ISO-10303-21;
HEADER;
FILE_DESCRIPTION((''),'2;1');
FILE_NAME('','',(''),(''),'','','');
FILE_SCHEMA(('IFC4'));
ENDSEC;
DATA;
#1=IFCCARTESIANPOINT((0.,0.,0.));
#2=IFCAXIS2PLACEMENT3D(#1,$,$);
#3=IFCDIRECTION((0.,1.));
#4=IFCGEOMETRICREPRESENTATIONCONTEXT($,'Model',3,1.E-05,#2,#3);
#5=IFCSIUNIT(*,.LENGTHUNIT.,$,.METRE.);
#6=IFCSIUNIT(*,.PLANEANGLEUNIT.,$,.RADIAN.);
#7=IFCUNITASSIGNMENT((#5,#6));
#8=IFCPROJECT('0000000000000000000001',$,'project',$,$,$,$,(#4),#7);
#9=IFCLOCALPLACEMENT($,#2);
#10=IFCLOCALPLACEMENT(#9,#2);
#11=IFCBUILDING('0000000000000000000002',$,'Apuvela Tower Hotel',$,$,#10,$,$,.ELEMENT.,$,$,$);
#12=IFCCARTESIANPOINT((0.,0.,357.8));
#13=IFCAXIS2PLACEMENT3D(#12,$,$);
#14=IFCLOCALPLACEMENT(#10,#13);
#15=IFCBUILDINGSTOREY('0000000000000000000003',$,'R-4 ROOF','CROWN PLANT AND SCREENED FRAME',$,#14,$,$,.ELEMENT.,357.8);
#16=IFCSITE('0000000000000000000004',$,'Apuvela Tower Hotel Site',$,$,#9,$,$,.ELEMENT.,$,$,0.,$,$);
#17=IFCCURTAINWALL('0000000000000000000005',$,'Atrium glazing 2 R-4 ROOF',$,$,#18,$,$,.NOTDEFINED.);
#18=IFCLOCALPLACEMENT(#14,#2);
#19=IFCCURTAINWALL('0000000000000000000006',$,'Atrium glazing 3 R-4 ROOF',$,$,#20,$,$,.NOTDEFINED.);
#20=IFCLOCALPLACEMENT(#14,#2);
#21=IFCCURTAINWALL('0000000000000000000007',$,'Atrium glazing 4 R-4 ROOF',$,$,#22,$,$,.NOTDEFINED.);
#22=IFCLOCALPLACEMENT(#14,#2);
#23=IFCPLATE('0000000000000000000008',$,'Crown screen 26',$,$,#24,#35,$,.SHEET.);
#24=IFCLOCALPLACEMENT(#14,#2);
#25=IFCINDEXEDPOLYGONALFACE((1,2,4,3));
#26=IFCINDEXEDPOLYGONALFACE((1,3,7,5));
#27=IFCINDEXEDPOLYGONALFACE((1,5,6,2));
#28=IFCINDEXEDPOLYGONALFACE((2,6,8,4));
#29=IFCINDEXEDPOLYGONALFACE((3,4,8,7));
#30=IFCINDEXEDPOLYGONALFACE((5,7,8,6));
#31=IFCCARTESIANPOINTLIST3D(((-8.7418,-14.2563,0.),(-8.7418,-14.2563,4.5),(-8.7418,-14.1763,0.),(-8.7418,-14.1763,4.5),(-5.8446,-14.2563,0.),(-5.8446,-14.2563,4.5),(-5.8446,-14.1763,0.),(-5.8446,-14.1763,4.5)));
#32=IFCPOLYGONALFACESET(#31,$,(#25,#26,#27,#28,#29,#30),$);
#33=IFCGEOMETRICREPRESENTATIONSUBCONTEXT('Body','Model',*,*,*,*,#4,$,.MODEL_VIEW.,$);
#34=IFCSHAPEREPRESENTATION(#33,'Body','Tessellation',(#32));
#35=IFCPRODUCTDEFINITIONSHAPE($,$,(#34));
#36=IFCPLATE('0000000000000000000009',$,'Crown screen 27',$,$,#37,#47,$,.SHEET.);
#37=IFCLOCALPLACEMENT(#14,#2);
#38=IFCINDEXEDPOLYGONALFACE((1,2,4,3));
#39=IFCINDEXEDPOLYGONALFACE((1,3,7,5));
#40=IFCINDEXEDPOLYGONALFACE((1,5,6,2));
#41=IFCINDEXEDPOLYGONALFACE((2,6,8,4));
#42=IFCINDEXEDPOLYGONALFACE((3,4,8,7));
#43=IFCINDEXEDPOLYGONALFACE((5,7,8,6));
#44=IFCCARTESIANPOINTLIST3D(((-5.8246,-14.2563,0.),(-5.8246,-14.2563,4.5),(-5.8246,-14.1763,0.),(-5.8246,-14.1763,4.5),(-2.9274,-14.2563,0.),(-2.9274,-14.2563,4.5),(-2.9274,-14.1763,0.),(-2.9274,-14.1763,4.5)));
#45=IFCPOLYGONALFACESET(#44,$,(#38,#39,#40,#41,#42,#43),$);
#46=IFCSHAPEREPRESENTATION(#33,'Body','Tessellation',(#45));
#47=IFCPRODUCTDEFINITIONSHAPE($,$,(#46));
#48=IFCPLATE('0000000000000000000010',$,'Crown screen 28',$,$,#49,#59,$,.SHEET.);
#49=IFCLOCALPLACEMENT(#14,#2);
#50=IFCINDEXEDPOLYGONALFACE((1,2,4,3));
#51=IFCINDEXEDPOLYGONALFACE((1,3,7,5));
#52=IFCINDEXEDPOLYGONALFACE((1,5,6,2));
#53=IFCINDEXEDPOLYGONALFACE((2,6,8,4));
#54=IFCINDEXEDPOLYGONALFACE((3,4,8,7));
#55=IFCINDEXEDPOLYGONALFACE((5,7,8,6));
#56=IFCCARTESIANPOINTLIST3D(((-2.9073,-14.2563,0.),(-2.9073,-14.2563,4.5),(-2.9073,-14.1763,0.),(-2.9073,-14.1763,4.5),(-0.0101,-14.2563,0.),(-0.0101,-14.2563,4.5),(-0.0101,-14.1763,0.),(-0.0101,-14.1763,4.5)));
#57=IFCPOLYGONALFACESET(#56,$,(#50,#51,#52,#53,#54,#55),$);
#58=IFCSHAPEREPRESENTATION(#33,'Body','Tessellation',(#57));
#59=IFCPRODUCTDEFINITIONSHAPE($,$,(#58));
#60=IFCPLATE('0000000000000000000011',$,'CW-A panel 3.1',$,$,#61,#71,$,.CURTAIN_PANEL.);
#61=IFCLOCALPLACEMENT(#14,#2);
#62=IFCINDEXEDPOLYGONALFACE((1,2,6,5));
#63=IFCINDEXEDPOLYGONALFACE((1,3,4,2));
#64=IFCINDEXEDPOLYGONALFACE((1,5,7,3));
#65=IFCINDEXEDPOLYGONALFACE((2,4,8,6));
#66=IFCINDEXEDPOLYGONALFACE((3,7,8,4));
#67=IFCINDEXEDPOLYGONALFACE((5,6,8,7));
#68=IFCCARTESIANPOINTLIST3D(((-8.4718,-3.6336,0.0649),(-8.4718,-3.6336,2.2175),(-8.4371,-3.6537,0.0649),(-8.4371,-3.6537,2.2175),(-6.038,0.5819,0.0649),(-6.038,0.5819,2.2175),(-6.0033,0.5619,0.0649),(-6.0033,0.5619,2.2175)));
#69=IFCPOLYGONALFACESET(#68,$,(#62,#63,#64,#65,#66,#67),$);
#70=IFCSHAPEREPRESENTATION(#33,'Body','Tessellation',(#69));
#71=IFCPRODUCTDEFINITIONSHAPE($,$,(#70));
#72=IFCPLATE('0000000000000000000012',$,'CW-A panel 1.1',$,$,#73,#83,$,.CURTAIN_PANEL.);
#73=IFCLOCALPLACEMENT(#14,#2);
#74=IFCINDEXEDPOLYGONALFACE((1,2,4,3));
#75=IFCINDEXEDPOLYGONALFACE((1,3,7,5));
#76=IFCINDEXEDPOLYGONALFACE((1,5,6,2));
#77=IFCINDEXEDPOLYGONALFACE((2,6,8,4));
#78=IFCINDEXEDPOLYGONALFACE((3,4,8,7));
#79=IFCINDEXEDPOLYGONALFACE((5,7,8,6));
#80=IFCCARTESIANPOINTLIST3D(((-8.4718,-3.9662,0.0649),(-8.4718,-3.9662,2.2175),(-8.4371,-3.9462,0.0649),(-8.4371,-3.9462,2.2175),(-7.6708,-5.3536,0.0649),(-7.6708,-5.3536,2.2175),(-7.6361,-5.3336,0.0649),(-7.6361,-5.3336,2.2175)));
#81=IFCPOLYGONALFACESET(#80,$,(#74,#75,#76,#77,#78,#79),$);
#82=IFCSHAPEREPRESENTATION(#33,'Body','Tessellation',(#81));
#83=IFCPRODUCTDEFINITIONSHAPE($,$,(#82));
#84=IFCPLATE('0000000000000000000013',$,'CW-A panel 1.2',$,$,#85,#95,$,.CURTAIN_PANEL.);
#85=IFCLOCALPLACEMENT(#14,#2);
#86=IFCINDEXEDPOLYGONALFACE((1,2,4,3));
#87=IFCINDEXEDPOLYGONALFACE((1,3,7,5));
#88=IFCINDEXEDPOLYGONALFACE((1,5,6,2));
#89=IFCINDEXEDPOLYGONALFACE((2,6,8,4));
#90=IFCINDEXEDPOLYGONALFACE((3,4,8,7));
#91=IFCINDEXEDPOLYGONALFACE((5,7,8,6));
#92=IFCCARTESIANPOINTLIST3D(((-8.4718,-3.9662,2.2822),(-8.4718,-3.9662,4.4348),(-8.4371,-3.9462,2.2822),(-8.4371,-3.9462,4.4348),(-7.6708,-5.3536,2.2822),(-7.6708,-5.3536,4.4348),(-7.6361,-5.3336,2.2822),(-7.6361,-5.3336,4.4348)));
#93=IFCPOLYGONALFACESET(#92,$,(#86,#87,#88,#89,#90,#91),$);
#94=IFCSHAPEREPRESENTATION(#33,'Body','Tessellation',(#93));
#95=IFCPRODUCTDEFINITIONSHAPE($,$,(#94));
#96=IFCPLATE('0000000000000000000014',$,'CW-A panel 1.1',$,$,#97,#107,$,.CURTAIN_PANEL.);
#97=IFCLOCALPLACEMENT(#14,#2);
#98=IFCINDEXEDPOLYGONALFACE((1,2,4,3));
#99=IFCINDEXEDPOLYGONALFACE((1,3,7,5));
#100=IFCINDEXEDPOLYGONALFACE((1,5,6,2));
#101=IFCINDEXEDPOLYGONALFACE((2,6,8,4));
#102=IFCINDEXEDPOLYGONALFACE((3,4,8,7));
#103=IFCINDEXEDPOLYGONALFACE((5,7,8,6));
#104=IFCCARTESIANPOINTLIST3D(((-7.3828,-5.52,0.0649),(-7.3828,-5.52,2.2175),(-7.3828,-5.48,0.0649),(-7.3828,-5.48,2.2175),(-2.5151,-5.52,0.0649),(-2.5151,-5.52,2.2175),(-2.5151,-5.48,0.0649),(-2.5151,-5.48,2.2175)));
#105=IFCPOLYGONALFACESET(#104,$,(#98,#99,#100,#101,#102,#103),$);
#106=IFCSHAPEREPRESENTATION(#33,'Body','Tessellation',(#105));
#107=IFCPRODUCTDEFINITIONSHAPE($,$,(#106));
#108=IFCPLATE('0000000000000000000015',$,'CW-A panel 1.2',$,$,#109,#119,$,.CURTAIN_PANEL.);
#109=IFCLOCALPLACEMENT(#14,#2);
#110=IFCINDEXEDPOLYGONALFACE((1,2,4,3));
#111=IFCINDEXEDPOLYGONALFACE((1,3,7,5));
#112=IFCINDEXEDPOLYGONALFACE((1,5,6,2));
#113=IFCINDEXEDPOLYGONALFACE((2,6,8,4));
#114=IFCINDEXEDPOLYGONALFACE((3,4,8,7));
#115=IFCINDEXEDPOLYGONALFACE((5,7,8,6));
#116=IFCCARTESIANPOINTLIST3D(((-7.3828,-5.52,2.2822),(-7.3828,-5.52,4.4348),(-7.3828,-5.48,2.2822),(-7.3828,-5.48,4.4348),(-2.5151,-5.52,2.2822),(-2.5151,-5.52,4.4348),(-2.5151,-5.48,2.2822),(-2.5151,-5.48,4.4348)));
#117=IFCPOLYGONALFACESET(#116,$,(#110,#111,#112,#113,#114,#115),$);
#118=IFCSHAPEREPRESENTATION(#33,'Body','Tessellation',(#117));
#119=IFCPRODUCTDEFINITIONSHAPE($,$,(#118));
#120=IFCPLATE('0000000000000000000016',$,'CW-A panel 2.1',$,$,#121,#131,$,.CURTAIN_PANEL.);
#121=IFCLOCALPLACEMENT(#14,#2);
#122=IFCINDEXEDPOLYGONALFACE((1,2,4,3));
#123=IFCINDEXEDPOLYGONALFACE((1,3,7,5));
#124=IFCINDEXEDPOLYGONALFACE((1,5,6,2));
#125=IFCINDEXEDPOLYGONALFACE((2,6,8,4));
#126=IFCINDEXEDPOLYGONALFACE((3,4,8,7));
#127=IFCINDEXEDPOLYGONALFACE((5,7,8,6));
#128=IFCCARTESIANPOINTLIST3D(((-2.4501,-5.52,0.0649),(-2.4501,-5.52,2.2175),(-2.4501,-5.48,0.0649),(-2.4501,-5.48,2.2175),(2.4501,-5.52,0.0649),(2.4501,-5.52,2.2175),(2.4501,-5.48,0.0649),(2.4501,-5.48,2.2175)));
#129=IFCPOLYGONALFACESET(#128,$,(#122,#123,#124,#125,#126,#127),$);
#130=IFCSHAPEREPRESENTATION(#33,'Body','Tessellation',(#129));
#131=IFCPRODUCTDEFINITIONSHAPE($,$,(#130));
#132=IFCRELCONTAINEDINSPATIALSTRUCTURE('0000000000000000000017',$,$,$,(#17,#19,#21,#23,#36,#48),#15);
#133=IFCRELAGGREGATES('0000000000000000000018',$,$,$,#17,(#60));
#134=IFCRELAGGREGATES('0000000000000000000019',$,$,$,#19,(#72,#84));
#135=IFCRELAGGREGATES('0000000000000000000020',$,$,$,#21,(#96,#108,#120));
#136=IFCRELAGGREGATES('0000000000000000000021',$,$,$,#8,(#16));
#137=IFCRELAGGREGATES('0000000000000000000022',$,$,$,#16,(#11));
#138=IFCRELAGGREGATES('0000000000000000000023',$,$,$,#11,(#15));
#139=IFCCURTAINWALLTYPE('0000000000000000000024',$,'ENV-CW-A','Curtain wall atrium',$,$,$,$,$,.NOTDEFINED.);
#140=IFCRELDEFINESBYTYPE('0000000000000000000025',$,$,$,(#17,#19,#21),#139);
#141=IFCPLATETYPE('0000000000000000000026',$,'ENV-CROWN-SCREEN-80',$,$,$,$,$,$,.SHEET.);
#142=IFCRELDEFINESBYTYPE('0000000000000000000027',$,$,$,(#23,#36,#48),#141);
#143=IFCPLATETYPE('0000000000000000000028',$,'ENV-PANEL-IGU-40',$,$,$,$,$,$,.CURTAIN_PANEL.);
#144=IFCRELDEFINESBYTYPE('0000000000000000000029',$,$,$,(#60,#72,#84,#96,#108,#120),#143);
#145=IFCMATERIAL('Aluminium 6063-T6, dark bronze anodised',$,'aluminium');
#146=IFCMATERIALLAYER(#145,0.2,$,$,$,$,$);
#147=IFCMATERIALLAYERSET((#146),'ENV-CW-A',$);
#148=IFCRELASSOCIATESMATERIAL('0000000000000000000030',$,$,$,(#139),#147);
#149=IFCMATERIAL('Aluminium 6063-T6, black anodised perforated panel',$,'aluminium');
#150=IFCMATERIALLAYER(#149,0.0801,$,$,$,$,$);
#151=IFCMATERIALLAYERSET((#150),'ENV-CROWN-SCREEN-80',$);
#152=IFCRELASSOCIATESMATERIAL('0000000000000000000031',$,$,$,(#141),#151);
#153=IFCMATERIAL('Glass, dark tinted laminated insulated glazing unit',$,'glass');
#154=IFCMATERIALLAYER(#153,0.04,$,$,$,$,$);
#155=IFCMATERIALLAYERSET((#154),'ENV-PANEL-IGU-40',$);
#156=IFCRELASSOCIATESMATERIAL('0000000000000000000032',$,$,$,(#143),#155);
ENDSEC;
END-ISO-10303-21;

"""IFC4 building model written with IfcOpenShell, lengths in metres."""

from ifc_helpers import new_model, si_unit, direction, frame, origin, origin_2d, place, context, subcontext, project, spatial, rectangle, extrude, material, layer, layer_set, type_object, element, aggregate, save


model = new_model("IFC4")

# Units and contexts
model_context = context("Model", 3, precision=1e-05, world=origin(), true_north=direction((0.0, 1.0)))
body_context = subcontext(model_context, "Body", "Model", "MODEL_VIEW")
ifc_project = project(units=[si_unit("LENGTHUNIT", "METRE"), si_unit("PLANEANGLEUNIT", "RADIAN")], contexts=[model_context])

# Site, building, storey
site_placement = place(None, origin())
site = spatial("IfcSite", under=ifc_project, at=site_placement, Name="Apuvela Tower Hotel Site", CompositionType="ELEMENT", RefElevation=0.0)
building_placement = place(site_placement, origin())
building = spatial("IfcBuilding", under=site, at=building_placement, Name="Apuvela Tower Hotel", CompositionType="ELEMENT")
storey_placement = place(building_placement, frame((0.0, 0.0, 357.8)))
storey = spatial("IfcBuildingStorey", under=building, at=storey_placement, Name="R-4 ROOF", Description="CROWN PLANT AND SCREENED FRAME", CompositionType="ELEMENT", Elevation=357.8)

# Curtain wall
ifc_material_1 = material(Name="Aluminium 6063-T6, dark bronze anodised", Category="aluminium")
ifc_layer_1 = layer(ifc_material_1, 0.2)
ifc_layer_set_1 = layer_set([ifc_layer_1], Name="ENV-CW-A")
curtain_wall_type = type_object("IfcCurtainWallType", Name="ENV-CW-A", Description="Curtain wall atrium", PredefinedType="NOTDEFINED", material=ifc_layer_set_1)
curtain_wall_1_placement = place(storey_placement, origin())
curtain_wall_1 = element("IfcCurtainWall", 1, at=curtain_wall_1_placement, inside=storey, type_object=curtain_wall_type, Name="Atrium glazing 2 R-4 ROOF", PredefinedType="NOTDEFINED")

# Curtain walls
curtain_wall_2_placement = place(storey_placement, origin())
curtain_wall_2 = element("IfcCurtainWall", 2, at=curtain_wall_2_placement, inside=storey, type_object=curtain_wall_type, Name="Atrium glazing 3 R-4 ROOF", PredefinedType="NOTDEFINED")
curtain_wall_3_placement = place(storey_placement, origin())
curtain_wall_3 = element("IfcCurtainWall", 3, at=curtain_wall_3_placement, inside=storey, type_object=curtain_wall_type, Name="Atrium glazing 4 R-4 ROOF", PredefinedType="NOTDEFINED")

# Plates
ifc_material_2 = material(Name="Aluminium 6063-T6, black anodised perforated panel", Category="aluminium")
ifc_layer_2 = layer(ifc_material_2, 0.0801)
ifc_layer_set_2 = layer_set([ifc_layer_2], Name="ENV-CROWN-SCREEN-80")
plate_type_1 = type_object("IfcPlateType", Name="ENV-CROWN-SCREEN-80", PredefinedType="SHEET", material=ifc_layer_set_2)
for number, where, z_axis, x_axis, name in (
    (4, (-7.2932, -14.2163, 0.0), (0.0, 0.0, 1.0), (1.0, 0.0, 0.0), "Crown screen 26"),
    (5, (-4.376, -14.2163, 0.0), (0.0, 0.0, 1.0), (1.0, 0.0, 0.0), "Crown screen 27"),
    (6, (-1.4587, -14.2163, 0.0), (0.0, 0.0, 1.0), (1.0, 0.0, 0.0), "Crown screen 28"),
):
    element("IfcPlate", number, at=place(storey_placement, frame(where, z_axis=z_axis, x_axis=x_axis)), inside=storey, type_object=plate_type_1, Name=name, PredefinedType="SHEET", context=body_context, shape_type="SweptSolid", body=[
        extrude(rectangle(XDim=2.8972, YDim=0.0801, at=origin_2d()), origin(), (0.0, 0.0, 1.0), 4.5),
    ])

# Plates
ifc_material_3 = material(Name="Glass, dark tinted laminated insulated glazing unit", Category="glass")
ifc_layer_3 = layer(ifc_material_3, 0.04)
ifc_layer_set_3 = layer_set([ifc_layer_3], Name="ENV-PANEL-IGU-40")
plate_type_2 = type_object("IfcPlateType", Name="ENV-PANEL-IGU-40", PredefinedType="CURTAIN_PANEL", material=ifc_layer_set_3)
plate_1_placement = place(storey_placement, frame((-7.2375, -1.5359, 0.0649), z_axis=(0.0, 0.0, 1.0), x_axis=(-0.499999, -0.866026, 0.0)))
plate_1 = element("IfcPlate", 7, at=plate_1_placement, type_object=plate_type_2, Name="CW-A panel 3.1", PredefinedType="CURTAIN_PANEL", context=body_context, shape_type="SweptSolid", body=[
    extrude(rectangle(XDim=4.8677, YDim=0.04, at=origin_2d()), origin(), (0.0, 0.0, 1.0), 2.1526),
])
aggregate(curtain_wall_1, [plate_1])
plate_2_placement = place(storey_placement, frame((-8.054, -4.6499, 0.0649), z_axis=(0.0, 0.0, 1.0), x_axis=(0.499989, -0.866032, 0.0)))
plate_2 = element("IfcPlate", 8, at=plate_2_placement, type_object=plate_type_2, Name="CW-A panel 1.1", PredefinedType="CURTAIN_PANEL", context=body_context, shape_type="SweptSolid", body=[
    extrude(rectangle(XDim=1.6021, YDim=0.04, at=origin_2d()), origin(), (0.0, 0.0, 1.0), 2.1526),
])
plate_3_placement = place(storey_placement, frame((-8.054, -4.6499, 2.2822), z_axis=(0.0, 0.0, 1.0), x_axis=(0.499989, -0.866032, 0.0)))
plate_3 = element("IfcPlate", 9, at=plate_3_placement, type_object=plate_type_2, Name="CW-A panel 1.2", PredefinedType="CURTAIN_PANEL", context=body_context, shape_type="SweptSolid", body=[
    extrude(rectangle(XDim=1.6021, YDim=0.04, at=origin_2d()), origin(), (0.0, 0.0, 1.0), 2.1526),
])
aggregate(curtain_wall_2, [plate_2, plate_3])
plate_4_placement = place(storey_placement, frame((-4.949, -5.5, 0.0649), z_axis=(0.0, 0.0, 1.0), x_axis=(1.0, 0.0, 0.0)))
plate_4 = element("IfcPlate", 10, at=plate_4_placement, type_object=plate_type_2, Name="CW-A panel 1.1", PredefinedType="CURTAIN_PANEL", context=body_context, shape_type="SweptSolid", body=[
    extrude(rectangle(XDim=4.8677, YDim=0.04, at=origin_2d()), origin(), (0.0, 0.0, 1.0), 2.1526),
])
plate_5_placement = place(storey_placement, frame((-4.949, -5.5, 2.2822), z_axis=(0.0, 0.0, 1.0), x_axis=(1.0, 0.0, 0.0)))
plate_5 = element("IfcPlate", 11, at=plate_5_placement, type_object=plate_type_2, Name="CW-A panel 1.2", PredefinedType="CURTAIN_PANEL", context=body_context, shape_type="SweptSolid", body=[
    extrude(rectangle(XDim=4.8677, YDim=0.04, at=origin_2d()), origin(), (0.0, 0.0, 1.0), 2.1526),
])
plate_6_placement = place(storey_placement, frame((0.0, -5.5, 0.0649), z_axis=(0.0, 0.0, 1.0), x_axis=(1.0, 0.0, 0.0)))
plate_6 = element("IfcPlate", 12, at=plate_6_placement, type_object=plate_type_2, Name="CW-A panel 2.1", PredefinedType="CURTAIN_PANEL", context=body_context, shape_type="SweptSolid", body=[
    extrude(rectangle(XDim=4.9001, YDim=0.04, at=origin_2d()), origin(), (0.0, 0.0, 1.0), 2.1526),
])
aggregate(curtain_wall_3, [plate_4, plate_5, plate_6])

save(model, "model.ifc")
